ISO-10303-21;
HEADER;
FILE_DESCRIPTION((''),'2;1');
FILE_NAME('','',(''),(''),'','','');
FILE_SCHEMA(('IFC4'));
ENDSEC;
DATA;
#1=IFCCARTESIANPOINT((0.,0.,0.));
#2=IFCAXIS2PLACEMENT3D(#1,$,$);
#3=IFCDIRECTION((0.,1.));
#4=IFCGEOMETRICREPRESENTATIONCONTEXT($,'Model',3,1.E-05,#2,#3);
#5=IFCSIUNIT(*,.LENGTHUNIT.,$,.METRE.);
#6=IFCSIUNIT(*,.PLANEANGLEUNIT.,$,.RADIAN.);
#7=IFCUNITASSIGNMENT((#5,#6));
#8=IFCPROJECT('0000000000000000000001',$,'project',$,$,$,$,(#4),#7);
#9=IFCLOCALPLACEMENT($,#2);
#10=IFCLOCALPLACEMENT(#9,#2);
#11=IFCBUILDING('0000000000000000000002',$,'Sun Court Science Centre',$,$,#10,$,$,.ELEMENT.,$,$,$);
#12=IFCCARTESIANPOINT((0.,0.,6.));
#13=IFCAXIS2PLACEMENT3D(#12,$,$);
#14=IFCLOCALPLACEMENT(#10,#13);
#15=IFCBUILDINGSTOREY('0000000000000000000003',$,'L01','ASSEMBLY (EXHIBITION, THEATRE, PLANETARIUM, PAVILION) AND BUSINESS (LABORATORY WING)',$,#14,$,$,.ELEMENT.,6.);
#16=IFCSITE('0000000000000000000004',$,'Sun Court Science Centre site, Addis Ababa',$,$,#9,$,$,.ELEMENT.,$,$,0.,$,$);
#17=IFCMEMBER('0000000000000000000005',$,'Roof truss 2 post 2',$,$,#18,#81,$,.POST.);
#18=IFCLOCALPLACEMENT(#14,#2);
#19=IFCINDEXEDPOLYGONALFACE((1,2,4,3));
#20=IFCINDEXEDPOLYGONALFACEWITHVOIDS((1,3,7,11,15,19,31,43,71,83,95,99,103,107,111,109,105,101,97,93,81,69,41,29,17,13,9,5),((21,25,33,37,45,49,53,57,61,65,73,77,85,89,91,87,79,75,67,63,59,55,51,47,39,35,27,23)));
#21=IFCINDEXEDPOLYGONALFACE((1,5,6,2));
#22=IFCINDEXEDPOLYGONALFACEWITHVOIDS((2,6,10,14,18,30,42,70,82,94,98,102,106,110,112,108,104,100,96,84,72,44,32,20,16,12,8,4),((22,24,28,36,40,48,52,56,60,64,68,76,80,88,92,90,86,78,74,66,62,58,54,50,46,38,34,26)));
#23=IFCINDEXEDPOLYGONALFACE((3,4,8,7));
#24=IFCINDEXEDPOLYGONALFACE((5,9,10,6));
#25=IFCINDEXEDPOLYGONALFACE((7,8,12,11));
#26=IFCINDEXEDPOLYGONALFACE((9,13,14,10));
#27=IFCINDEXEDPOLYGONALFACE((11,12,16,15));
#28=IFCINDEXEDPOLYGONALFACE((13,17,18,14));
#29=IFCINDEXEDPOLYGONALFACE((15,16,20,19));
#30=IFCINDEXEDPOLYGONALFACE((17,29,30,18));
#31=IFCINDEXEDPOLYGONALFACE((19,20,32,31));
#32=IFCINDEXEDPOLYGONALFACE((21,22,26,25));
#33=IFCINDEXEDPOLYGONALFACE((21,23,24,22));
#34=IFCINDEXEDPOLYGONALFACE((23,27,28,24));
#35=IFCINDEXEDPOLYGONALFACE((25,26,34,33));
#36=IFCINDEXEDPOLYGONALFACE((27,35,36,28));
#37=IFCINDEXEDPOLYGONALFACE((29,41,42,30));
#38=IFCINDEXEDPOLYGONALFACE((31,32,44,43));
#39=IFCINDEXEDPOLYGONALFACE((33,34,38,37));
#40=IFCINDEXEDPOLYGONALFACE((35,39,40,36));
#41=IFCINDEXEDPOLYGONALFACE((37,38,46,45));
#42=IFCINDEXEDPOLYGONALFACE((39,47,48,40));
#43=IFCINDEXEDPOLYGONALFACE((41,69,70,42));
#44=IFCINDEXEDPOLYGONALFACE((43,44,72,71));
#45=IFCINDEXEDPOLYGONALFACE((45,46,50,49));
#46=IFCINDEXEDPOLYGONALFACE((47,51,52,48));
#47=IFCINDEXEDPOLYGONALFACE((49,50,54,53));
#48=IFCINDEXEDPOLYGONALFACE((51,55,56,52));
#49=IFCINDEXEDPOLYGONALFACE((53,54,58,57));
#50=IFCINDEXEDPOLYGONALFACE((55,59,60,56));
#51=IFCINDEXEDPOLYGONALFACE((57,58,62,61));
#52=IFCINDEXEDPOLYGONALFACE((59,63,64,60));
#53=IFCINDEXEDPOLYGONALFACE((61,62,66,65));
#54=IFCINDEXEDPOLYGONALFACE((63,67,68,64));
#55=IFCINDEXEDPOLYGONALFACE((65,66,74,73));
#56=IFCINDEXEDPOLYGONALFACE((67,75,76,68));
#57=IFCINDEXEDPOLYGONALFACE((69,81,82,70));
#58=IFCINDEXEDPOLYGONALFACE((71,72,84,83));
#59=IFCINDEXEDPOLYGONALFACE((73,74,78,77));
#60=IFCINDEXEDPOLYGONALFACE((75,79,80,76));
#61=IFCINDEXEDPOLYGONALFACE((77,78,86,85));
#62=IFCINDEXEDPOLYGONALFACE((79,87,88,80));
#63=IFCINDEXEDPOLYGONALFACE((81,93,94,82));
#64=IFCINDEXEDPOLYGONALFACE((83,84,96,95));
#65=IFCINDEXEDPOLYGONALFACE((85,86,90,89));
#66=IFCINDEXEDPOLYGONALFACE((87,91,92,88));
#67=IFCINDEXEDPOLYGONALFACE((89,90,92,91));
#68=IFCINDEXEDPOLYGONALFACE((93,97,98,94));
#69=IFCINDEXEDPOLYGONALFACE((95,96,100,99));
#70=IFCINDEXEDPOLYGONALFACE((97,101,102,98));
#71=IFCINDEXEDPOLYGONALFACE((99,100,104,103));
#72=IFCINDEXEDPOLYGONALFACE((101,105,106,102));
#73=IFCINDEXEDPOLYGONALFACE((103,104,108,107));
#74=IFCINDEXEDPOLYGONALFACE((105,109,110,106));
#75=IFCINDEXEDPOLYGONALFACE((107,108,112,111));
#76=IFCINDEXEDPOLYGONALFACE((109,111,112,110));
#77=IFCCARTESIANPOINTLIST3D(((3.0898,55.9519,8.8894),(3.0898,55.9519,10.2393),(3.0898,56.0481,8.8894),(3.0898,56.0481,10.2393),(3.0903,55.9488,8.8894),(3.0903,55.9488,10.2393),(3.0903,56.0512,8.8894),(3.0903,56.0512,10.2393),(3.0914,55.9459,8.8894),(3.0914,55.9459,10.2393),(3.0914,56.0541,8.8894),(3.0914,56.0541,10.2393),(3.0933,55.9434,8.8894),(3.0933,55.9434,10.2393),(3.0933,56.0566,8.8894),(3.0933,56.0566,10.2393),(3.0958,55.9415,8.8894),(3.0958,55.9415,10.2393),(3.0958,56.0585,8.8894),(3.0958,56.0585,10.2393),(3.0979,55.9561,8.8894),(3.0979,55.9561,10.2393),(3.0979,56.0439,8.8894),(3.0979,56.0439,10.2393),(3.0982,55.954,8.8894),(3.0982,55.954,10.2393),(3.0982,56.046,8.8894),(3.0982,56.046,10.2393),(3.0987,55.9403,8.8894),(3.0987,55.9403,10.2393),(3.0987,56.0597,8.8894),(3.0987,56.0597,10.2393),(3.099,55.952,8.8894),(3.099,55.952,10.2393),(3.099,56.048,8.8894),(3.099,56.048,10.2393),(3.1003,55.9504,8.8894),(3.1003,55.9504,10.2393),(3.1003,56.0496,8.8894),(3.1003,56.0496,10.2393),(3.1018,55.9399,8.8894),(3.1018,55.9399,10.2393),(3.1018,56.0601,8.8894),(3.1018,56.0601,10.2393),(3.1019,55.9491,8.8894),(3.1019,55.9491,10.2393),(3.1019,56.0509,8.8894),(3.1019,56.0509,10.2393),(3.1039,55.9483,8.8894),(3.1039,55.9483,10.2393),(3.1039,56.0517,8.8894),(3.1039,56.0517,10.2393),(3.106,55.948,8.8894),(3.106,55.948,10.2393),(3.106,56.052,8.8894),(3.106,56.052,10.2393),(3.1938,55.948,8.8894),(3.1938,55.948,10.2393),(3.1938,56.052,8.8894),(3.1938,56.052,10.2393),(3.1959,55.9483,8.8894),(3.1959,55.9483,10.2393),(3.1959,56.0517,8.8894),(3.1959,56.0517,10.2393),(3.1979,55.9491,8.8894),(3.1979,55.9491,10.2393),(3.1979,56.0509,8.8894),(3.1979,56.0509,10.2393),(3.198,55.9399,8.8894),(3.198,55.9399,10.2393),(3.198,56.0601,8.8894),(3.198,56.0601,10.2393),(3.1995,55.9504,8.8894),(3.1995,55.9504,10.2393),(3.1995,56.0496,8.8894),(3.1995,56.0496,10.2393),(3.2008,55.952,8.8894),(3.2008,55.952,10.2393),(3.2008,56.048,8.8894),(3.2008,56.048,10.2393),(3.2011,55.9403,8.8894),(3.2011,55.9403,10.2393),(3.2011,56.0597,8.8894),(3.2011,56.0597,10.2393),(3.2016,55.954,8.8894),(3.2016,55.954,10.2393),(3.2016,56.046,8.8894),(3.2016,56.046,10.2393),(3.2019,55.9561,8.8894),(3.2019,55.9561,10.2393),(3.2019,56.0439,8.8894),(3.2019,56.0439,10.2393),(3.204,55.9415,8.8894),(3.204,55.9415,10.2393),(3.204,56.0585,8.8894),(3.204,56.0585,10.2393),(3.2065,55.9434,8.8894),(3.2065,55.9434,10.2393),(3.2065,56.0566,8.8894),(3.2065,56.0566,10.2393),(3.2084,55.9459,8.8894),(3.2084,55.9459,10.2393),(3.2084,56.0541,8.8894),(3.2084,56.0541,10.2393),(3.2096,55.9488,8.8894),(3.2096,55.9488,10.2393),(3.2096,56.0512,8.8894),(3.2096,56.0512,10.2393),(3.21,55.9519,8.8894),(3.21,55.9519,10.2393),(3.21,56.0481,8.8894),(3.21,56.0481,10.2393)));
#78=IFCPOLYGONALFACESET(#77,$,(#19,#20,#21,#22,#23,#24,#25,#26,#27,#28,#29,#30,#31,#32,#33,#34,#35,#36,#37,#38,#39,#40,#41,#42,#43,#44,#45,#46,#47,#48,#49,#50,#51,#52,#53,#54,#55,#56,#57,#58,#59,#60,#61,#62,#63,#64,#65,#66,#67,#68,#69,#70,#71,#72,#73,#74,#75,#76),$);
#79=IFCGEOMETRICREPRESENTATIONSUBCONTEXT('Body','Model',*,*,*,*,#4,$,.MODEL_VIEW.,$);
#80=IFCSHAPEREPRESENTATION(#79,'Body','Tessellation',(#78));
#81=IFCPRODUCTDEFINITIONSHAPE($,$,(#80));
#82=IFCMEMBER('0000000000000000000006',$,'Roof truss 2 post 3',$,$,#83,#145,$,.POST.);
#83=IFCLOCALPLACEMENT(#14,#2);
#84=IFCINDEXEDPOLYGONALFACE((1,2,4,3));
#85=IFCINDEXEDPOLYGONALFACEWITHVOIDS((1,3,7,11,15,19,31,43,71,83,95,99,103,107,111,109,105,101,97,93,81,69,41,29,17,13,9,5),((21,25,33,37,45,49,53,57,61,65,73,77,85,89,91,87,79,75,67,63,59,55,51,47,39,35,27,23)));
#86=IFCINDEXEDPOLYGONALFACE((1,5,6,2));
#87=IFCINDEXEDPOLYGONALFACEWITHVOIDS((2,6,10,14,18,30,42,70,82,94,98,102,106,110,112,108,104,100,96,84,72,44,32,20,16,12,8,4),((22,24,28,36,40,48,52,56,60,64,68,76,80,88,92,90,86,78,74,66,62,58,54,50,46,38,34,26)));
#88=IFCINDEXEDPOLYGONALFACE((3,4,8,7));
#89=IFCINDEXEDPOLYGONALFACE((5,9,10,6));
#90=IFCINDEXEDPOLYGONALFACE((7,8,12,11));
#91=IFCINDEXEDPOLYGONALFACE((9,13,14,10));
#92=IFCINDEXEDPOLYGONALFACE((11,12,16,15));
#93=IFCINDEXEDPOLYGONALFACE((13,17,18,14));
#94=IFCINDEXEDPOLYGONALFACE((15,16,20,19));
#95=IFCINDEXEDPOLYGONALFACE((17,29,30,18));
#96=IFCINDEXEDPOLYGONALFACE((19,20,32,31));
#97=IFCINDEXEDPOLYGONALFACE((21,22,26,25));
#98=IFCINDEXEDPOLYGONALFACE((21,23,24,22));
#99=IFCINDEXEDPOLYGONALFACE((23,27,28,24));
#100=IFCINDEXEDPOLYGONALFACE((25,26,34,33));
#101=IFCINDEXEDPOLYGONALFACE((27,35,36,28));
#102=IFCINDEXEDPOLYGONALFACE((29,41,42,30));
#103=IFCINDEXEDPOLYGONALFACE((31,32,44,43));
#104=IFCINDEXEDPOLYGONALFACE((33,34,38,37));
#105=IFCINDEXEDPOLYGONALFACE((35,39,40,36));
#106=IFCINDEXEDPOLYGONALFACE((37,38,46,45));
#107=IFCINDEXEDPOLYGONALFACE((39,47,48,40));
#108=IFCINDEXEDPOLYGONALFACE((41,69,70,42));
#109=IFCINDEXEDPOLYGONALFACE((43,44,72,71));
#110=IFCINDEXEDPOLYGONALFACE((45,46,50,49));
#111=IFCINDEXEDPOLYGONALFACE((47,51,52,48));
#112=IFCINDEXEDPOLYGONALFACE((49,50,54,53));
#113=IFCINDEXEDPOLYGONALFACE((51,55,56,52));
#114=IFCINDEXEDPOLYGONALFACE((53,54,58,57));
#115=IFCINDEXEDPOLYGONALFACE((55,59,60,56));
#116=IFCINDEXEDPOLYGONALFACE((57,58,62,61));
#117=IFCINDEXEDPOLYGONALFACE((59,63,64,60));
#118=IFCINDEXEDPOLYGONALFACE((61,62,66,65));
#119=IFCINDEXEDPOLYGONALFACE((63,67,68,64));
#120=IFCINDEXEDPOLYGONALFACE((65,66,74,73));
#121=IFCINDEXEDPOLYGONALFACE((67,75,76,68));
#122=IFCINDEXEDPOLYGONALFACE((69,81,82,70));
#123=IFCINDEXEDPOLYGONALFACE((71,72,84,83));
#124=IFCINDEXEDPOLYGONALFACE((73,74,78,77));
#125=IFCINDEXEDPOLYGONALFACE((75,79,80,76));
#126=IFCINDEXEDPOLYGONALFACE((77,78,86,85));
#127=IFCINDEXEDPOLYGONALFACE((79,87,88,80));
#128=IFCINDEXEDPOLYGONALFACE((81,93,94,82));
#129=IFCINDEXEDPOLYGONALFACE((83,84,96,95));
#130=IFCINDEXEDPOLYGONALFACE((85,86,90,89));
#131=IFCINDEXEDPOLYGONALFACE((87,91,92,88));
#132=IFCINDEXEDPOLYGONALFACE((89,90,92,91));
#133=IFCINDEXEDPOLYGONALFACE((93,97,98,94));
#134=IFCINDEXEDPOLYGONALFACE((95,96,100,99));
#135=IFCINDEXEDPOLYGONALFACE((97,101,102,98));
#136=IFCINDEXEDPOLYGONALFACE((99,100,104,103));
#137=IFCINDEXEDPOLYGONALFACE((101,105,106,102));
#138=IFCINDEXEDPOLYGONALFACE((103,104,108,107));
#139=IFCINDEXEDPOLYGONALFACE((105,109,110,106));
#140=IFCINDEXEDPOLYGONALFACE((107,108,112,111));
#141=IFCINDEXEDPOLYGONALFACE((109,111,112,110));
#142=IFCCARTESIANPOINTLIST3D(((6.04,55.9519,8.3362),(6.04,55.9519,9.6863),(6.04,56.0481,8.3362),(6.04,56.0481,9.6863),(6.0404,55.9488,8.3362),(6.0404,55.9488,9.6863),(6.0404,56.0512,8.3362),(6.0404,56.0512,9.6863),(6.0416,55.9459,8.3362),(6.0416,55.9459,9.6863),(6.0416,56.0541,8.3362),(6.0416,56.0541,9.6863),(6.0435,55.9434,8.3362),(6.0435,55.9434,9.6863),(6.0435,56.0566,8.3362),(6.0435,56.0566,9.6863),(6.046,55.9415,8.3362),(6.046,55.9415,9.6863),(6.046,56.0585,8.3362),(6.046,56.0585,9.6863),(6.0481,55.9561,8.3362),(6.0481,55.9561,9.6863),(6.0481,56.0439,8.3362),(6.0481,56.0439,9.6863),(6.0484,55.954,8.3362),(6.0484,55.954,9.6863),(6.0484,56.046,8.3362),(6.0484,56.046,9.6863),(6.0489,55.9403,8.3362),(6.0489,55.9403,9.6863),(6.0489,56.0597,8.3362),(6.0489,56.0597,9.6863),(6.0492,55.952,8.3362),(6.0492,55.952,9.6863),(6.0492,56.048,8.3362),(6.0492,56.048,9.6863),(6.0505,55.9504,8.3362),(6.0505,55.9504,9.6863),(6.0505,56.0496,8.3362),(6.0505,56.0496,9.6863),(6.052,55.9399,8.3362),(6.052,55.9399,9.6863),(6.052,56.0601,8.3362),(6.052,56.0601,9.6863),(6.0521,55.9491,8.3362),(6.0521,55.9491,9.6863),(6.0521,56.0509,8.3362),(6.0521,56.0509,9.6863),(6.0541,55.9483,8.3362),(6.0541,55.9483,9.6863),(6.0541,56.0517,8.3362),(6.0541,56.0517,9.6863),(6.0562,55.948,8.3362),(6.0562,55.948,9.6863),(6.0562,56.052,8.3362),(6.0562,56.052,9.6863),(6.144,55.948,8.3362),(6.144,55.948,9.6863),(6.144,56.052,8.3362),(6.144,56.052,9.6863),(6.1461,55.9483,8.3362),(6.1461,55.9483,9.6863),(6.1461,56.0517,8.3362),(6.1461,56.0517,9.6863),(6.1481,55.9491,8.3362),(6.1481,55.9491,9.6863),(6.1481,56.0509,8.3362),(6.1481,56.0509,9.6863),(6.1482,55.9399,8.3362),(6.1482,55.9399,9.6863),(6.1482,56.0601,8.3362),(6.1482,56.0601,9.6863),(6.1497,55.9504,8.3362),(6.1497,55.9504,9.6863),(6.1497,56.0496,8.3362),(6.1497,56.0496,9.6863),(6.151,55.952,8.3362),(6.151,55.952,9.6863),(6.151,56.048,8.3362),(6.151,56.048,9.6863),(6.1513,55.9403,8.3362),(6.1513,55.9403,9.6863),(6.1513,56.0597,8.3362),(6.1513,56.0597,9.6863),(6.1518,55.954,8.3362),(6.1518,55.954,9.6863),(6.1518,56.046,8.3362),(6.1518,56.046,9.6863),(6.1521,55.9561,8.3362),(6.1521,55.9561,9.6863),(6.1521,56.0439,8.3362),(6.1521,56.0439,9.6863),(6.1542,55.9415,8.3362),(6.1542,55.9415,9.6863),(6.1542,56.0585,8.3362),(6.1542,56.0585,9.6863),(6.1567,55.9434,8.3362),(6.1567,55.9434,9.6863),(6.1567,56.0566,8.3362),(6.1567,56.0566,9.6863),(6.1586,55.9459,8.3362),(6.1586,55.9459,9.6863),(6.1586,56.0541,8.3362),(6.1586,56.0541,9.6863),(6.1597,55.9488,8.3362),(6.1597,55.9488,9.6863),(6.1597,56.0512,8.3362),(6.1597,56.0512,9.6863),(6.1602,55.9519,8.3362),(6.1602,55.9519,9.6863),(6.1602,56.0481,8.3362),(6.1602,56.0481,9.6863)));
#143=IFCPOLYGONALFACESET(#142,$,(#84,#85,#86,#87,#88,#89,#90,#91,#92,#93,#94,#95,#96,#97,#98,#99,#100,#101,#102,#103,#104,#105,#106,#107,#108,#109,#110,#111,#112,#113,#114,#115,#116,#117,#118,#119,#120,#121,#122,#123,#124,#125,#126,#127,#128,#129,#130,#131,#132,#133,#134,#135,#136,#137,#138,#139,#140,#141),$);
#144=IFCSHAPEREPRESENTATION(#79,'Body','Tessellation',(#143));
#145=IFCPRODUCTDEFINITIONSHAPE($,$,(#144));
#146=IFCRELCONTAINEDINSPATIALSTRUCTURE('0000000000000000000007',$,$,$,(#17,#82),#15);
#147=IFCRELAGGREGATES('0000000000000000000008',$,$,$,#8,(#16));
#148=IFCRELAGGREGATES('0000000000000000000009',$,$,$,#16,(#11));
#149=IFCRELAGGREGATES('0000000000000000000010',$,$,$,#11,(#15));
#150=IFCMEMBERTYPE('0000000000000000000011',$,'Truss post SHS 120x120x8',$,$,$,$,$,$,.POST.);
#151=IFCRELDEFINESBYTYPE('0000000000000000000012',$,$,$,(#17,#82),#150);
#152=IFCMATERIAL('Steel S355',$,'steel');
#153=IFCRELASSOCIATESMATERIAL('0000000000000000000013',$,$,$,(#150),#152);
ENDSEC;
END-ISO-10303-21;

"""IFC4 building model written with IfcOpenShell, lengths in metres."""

from ifc_helpers import new_model, si_unit, direction, frame, origin, origin_2d, place, context, subcontext, project, spatial, hollow_rectangle, extrude, material, material_profile, profile_set, type_object, element, save


model = new_model("IFC4")

# Units and contexts
model_context = context("Model", 3, precision=1e-05, world=origin(), true_north=direction((0.0, 1.0)))
body_context = subcontext(model_context, "Body", "Model", "MODEL_VIEW")
ifc_project = project(units=[si_unit("LENGTHUNIT", "METRE"), si_unit("PLANEANGLEUNIT", "RADIAN")], contexts=[model_context])

# Site, building, storey
site_placement = place(None, origin())
site = spatial("IfcSite", under=ifc_project, at=site_placement, Name="Sun Court Science Centre site, Addis Ababa", CompositionType="ELEMENT", RefElevation=0.0)
building_placement = place(site_placement, origin())
building = spatial("IfcBuilding", under=site, at=building_placement, Name="Sun Court Science Centre", CompositionType="ELEMENT")
storey_placement = place(building_placement, frame((0.0, 0.0, 6.0)))
storey = spatial("IfcBuildingStorey", under=building, at=storey_placement, Name="L01", Description="ASSEMBLY (EXHIBITION, THEATRE, PLANETARIUM, PAVILION) AND BUSINESS (LABORATORY WING)", CompositionType="ELEMENT", Elevation=6.0)

# Members
ifc_material_1 = material(Name="Steel S355", Category="steel")
ifc_material_profile_1 = material_profile(ifc_material_1, hollow_rectangle(XDim=0.1201, YDim=0.1201, WallThickness=0.0081, InnerFilletRadius=0.0081, OuterFilletRadius=0.012, at=origin_2d()), Name="SHS 120x120x8")
ifc_profile_set_1 = profile_set([ifc_material_profile_1], Name="Steel S355")
member_type_1 = type_object("IfcMemberType", Name="Truss post SHS 120x120x8", PredefinedType="POST", material=ifc_profile_set_1)
member_1_placement = place(storey_placement, frame((3.1499, 56.0, 8.8894), z_axis=(0.0, 0.0, 1.0), x_axis=(1.0, 0.0, 0.0)))
element("IfcMember", 1, at=member_1_placement, inside=storey, type_object=member_type_1, Name="Roof truss 2 post 2", PredefinedType="POST", context=body_context, shape_type="SweptSolid", body=[
    extrude(hollow_rectangle(XDim=0.1201, YDim=0.1201, WallThickness=0.0081, InnerFilletRadius=0.0081, OuterFilletRadius=0.012, at=origin_2d()), origin(), (0.0, 0.0, 1.0), 1.3499),
])
member_2_placement = place(storey_placement, frame((6.1001, 56.0, 8.3362), z_axis=(0.0, 0.0, 1.0), x_axis=(1.0, 0.0, 0.0)))
element("IfcMember", 2, at=member_2_placement, inside=storey, type_object=member_type_1, Name="Roof truss 2 post 3", PredefinedType="POST", context=body_context, shape_type="SweptSolid", body=[
    extrude(hollow_rectangle(XDim=0.1201, YDim=0.1201, WallThickness=0.0081, InnerFilletRadius=0.0081, OuterFilletRadius=0.012, at=origin_2d()), origin(), (0.0, 0.0, 1.0), 1.3501),
])

save(model, "model.ifc")
